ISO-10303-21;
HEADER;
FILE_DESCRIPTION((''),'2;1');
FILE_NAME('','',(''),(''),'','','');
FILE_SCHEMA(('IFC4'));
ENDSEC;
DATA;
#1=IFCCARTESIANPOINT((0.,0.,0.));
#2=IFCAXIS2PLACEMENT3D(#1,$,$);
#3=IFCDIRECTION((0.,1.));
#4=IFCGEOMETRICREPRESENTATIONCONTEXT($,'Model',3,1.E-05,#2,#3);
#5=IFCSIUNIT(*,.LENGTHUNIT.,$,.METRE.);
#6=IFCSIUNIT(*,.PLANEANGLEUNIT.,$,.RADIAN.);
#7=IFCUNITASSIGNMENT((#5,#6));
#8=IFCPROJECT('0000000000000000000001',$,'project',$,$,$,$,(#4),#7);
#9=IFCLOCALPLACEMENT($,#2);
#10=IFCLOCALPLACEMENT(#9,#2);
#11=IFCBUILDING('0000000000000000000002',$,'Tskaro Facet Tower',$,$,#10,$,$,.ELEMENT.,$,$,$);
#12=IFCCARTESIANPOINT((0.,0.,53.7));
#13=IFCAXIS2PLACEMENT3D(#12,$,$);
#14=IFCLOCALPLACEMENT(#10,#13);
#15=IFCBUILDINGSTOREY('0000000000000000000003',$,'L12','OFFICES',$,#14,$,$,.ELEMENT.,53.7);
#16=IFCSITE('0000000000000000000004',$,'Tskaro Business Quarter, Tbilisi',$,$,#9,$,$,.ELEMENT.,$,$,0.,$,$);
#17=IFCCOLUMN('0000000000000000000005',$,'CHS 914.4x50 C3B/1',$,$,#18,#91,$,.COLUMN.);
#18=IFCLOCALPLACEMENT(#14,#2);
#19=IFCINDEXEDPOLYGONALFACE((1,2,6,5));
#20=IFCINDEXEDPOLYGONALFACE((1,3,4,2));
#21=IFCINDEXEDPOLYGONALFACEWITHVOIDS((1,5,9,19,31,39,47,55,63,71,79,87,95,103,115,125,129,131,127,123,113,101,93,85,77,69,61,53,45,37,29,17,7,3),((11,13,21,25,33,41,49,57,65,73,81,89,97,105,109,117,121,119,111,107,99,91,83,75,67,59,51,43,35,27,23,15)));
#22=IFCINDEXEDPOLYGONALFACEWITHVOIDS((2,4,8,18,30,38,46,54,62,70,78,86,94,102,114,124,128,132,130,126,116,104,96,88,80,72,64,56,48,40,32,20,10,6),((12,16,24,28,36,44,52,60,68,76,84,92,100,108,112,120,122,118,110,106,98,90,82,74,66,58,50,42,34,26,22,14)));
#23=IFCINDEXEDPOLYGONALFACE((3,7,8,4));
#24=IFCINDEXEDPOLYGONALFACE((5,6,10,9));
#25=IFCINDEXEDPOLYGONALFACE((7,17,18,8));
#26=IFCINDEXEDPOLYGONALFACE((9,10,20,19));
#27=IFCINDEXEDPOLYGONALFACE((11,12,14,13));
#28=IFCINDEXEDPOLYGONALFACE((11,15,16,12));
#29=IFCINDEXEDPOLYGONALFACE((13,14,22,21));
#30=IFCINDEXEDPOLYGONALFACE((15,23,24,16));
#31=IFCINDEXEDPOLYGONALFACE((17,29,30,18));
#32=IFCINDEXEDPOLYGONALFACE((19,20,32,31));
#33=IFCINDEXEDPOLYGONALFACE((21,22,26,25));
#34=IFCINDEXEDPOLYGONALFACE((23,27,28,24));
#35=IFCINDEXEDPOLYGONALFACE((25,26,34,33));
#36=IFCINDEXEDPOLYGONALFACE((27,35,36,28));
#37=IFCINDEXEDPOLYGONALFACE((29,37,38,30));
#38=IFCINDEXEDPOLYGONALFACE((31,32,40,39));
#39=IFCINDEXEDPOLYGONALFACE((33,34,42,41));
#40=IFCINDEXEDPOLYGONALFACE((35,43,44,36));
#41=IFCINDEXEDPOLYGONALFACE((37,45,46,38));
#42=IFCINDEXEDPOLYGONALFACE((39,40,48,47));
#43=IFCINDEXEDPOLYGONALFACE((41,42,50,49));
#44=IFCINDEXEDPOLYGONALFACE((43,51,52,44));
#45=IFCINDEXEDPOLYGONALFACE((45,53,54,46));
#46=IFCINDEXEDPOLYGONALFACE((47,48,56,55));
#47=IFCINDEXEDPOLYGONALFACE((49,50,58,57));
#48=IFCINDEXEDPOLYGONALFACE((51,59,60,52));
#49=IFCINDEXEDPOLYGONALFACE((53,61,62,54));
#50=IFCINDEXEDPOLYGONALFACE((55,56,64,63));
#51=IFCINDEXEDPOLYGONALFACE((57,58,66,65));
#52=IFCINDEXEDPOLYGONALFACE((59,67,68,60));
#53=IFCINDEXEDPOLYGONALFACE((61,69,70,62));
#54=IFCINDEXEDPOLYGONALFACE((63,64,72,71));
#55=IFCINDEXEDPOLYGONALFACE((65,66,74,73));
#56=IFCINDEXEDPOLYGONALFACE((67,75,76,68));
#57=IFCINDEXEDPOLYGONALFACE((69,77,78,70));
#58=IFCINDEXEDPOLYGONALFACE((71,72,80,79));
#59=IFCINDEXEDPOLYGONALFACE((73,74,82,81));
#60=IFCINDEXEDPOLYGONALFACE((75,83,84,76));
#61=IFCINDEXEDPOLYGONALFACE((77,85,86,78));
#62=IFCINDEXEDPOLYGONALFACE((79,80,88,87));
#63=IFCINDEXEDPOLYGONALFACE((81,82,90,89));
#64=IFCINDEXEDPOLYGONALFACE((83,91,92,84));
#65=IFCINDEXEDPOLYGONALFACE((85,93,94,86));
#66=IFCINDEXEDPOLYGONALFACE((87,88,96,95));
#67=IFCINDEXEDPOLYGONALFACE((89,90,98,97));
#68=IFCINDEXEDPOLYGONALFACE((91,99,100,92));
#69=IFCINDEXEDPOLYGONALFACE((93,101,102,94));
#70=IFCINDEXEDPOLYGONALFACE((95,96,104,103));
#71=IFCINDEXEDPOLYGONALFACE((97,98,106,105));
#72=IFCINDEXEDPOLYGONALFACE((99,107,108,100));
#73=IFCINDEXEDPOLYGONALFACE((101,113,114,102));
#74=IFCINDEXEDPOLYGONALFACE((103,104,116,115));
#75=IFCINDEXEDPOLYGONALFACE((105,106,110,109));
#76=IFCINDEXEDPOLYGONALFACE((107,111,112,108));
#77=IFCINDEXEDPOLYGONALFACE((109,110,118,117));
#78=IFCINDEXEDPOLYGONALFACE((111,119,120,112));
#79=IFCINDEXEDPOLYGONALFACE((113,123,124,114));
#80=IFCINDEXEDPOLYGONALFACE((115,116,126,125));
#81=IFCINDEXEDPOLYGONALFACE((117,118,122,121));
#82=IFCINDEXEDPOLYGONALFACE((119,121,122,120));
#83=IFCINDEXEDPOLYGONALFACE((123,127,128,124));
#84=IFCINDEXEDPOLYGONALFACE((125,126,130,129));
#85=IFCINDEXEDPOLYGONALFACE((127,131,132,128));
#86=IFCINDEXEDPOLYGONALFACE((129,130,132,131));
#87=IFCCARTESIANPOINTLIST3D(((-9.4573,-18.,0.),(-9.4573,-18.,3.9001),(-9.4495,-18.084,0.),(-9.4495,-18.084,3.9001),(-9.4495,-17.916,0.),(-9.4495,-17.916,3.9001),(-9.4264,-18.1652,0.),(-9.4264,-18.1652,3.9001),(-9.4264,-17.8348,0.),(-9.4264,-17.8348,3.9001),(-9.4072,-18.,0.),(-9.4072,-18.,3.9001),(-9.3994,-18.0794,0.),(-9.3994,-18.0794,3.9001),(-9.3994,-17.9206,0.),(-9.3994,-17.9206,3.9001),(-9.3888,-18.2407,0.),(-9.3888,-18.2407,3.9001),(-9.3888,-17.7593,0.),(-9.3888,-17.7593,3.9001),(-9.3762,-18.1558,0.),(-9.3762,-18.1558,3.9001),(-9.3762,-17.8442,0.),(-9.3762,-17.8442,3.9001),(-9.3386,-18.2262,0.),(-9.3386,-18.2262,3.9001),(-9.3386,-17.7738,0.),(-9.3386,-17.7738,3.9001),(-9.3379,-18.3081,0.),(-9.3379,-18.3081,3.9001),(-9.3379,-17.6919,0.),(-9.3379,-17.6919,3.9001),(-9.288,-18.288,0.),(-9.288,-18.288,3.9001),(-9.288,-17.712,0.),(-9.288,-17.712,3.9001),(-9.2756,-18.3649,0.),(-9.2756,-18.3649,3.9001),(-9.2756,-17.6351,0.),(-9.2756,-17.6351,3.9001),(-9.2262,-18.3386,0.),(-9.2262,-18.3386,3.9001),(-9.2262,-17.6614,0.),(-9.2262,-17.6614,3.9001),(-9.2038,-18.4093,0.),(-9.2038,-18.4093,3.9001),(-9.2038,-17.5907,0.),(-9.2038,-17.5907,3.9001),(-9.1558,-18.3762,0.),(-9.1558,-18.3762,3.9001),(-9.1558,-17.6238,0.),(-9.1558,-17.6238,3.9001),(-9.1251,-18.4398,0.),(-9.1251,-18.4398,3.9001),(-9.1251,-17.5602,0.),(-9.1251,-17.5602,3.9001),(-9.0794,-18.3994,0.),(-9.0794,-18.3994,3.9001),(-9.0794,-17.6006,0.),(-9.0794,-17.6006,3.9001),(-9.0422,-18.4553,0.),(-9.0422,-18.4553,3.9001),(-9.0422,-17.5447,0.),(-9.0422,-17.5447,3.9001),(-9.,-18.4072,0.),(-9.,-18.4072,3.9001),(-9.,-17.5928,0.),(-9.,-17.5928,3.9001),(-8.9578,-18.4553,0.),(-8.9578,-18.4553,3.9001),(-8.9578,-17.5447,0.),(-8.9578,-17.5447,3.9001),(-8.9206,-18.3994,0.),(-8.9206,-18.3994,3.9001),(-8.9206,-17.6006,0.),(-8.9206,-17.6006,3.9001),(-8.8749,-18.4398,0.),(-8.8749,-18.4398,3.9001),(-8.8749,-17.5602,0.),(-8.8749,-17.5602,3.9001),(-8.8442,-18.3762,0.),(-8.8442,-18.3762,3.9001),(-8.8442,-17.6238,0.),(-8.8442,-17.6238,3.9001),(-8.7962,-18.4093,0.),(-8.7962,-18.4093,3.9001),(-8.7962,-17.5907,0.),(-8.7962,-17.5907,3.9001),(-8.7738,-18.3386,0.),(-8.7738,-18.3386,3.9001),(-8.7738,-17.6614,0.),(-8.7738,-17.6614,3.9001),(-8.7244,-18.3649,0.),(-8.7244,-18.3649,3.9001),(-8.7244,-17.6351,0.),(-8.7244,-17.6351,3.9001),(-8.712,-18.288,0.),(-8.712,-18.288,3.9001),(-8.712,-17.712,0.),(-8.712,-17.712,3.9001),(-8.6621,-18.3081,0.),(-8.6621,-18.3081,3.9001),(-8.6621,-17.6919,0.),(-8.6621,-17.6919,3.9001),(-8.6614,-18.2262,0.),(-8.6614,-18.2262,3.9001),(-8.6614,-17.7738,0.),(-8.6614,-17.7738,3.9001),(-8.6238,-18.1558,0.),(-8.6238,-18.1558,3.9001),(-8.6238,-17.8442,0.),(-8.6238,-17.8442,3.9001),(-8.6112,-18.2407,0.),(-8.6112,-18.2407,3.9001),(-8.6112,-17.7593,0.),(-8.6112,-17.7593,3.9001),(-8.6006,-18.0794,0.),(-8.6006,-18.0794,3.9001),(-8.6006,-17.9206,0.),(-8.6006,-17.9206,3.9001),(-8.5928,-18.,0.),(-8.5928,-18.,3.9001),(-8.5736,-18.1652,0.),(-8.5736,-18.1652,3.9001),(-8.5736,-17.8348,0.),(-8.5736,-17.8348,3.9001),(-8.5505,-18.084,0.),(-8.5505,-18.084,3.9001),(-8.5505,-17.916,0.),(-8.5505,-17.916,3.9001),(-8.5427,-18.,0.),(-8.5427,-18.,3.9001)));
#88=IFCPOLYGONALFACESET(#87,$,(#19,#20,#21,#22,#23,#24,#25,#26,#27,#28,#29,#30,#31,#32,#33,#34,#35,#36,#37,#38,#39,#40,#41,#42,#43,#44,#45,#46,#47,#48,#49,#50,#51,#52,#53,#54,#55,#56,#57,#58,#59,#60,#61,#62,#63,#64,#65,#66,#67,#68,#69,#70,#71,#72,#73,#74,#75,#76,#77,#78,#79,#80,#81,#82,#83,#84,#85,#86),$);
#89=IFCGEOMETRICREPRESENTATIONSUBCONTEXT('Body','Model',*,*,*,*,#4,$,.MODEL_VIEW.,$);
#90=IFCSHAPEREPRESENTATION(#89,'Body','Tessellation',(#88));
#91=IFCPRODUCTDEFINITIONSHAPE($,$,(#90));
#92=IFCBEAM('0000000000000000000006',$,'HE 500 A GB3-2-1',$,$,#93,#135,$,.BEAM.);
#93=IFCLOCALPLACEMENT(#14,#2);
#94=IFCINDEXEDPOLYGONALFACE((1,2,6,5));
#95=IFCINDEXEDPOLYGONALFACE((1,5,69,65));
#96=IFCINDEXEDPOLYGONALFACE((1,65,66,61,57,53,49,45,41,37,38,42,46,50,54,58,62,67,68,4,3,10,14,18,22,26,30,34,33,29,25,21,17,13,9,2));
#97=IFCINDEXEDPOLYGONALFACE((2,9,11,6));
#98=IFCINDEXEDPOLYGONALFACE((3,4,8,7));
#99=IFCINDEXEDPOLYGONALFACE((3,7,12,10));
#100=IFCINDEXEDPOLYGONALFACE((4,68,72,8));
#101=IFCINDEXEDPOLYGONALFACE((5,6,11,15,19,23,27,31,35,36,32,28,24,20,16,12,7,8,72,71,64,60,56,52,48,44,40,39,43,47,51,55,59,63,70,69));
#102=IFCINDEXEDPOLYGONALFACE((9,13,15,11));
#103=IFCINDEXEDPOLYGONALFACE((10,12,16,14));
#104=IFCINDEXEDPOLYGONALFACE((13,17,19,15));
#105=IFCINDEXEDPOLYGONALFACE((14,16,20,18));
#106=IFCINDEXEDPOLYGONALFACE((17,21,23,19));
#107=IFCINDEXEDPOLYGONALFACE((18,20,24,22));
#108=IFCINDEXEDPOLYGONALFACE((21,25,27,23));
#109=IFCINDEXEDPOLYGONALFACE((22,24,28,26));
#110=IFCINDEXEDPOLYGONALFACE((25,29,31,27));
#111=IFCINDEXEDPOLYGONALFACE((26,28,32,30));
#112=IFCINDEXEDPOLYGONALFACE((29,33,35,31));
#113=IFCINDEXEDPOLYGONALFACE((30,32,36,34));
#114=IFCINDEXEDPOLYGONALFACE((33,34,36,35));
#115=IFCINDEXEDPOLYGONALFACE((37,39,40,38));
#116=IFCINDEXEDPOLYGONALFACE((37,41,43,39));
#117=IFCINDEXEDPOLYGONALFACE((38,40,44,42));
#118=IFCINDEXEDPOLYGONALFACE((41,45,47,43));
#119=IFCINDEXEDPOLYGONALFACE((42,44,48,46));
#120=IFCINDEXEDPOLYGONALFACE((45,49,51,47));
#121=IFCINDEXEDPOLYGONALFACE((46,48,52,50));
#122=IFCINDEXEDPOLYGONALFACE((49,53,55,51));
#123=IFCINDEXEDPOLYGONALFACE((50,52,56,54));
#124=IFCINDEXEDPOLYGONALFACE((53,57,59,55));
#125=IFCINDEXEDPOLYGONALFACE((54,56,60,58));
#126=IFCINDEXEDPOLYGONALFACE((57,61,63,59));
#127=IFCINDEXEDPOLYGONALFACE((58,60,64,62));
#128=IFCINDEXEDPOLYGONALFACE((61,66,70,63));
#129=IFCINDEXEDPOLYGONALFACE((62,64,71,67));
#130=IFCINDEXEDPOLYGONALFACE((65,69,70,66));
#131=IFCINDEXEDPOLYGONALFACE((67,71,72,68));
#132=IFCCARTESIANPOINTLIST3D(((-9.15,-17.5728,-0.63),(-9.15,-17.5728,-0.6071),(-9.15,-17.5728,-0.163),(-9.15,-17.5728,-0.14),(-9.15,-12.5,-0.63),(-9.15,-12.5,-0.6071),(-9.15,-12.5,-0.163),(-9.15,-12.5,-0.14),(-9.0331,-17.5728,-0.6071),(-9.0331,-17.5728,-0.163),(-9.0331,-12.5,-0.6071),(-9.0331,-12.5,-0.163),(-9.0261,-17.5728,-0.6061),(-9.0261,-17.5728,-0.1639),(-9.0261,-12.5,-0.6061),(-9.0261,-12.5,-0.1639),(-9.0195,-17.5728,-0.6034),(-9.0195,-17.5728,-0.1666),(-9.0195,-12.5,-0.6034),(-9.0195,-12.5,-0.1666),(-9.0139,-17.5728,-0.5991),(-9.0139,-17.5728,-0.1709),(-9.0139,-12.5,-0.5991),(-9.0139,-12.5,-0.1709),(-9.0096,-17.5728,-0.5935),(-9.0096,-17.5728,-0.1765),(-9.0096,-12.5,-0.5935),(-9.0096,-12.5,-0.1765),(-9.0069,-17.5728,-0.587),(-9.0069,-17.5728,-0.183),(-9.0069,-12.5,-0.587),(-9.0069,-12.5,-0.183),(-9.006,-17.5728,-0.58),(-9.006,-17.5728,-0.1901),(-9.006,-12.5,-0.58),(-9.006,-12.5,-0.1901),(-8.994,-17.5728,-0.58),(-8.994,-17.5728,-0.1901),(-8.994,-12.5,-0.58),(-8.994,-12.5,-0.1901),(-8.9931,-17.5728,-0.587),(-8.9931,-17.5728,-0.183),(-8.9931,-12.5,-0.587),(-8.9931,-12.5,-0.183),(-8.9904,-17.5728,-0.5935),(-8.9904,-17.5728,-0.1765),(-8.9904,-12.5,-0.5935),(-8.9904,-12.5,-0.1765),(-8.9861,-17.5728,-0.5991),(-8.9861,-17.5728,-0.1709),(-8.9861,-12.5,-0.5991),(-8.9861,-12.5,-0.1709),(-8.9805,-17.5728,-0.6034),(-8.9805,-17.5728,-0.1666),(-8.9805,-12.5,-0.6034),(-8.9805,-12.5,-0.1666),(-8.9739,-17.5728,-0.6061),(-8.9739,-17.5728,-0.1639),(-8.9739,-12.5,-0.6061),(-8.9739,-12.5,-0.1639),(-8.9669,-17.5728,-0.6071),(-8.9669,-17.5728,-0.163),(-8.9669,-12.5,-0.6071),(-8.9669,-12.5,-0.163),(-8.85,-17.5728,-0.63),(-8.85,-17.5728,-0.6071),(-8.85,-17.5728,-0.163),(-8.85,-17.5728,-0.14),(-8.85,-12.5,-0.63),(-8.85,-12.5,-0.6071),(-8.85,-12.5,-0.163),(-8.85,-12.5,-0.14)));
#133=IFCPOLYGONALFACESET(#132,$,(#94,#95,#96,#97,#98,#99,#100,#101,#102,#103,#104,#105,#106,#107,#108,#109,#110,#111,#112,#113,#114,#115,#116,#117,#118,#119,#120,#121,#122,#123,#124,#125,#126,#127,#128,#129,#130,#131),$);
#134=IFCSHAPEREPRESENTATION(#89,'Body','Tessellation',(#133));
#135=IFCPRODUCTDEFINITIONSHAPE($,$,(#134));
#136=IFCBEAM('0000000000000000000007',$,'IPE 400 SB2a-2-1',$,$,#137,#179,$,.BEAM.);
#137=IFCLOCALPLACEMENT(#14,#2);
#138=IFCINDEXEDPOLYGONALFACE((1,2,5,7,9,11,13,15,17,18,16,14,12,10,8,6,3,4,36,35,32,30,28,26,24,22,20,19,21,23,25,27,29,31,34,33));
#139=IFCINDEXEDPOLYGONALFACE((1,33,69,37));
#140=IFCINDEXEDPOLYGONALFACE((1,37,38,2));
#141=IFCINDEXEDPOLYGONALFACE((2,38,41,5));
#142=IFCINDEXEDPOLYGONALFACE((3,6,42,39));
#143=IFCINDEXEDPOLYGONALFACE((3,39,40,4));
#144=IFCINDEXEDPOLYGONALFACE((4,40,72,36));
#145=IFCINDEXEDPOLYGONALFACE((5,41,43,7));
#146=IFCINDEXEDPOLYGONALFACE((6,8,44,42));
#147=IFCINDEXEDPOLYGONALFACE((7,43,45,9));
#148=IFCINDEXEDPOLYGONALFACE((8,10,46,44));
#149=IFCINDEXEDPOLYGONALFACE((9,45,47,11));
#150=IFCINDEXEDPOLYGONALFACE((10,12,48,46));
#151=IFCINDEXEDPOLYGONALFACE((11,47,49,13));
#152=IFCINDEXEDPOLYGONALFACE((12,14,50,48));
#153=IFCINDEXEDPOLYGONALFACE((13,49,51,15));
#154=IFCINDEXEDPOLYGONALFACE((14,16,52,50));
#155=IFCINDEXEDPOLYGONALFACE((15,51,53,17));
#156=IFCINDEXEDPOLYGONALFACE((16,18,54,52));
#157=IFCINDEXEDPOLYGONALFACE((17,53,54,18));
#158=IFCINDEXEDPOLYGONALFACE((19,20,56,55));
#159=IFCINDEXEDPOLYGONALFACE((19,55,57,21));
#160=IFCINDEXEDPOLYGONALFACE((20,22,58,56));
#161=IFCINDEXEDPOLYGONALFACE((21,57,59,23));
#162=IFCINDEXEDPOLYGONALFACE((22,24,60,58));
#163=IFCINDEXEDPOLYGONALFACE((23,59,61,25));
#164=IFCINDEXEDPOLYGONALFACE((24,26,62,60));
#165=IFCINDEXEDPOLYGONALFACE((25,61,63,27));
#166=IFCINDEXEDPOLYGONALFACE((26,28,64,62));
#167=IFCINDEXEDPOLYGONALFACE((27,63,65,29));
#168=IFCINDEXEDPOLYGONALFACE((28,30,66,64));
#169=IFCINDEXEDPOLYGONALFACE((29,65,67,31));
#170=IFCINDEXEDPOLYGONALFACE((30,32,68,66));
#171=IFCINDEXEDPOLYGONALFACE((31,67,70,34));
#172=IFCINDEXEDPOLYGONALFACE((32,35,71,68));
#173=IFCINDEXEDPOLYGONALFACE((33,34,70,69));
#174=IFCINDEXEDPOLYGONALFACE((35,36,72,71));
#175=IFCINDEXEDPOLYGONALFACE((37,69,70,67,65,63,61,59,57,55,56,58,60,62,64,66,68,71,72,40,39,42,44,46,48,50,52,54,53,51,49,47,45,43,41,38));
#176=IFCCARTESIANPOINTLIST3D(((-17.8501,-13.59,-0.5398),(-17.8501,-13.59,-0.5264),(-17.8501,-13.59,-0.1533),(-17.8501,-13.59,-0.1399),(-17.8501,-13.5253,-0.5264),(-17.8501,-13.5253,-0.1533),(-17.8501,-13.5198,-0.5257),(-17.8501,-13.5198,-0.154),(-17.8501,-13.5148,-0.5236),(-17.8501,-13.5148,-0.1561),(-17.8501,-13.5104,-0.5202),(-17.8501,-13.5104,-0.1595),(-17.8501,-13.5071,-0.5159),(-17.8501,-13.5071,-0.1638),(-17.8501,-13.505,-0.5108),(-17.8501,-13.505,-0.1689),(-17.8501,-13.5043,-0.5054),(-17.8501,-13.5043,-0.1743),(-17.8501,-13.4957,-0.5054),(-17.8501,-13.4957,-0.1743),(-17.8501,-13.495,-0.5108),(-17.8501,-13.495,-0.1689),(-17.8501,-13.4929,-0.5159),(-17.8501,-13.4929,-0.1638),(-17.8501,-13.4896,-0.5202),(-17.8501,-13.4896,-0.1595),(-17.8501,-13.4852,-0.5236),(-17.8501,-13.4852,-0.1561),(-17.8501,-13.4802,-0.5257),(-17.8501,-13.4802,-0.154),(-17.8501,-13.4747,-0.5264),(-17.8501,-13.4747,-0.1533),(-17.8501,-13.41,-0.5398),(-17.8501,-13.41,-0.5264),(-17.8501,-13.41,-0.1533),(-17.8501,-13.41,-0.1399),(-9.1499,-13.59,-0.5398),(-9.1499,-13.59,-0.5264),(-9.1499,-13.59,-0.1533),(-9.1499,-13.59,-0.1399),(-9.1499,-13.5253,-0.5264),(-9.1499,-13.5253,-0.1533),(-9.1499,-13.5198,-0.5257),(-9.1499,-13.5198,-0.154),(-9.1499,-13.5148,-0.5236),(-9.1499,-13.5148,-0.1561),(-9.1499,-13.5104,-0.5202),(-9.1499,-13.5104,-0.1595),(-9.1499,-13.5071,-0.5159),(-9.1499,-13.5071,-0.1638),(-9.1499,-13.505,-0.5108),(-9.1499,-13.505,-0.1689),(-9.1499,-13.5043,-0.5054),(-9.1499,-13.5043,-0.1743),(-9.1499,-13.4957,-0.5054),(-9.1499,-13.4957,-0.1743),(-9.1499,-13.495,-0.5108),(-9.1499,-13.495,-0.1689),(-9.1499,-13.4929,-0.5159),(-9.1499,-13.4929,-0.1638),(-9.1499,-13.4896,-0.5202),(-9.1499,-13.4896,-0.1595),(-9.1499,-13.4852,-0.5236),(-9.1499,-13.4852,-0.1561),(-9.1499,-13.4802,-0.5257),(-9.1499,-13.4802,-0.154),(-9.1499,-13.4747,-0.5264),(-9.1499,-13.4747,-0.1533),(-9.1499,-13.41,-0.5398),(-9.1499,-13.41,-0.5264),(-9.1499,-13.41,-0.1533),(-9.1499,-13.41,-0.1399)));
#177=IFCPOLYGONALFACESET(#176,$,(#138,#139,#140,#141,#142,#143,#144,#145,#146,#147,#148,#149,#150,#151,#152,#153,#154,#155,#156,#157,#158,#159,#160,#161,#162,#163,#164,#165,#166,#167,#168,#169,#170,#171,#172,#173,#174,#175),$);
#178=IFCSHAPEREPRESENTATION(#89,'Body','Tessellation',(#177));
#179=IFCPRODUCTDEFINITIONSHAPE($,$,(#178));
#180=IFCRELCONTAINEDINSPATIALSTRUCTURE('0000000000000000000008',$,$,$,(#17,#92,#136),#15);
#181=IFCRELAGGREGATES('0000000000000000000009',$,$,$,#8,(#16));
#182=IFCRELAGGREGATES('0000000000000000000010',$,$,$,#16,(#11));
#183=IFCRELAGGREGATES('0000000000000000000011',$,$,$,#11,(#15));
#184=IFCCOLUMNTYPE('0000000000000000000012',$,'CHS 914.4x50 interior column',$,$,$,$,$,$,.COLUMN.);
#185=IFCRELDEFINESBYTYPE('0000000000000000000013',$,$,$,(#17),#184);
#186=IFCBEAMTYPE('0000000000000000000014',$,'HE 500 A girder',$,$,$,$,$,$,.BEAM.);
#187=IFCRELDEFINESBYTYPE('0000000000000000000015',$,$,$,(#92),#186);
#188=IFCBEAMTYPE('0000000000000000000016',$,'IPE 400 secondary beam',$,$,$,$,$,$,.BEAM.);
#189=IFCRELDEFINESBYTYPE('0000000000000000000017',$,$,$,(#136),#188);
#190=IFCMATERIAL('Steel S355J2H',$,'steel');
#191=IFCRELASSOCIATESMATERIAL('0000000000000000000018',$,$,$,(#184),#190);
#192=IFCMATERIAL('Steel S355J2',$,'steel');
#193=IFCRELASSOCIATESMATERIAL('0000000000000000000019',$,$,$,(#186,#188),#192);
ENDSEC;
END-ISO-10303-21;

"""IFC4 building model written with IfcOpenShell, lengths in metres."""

from ifc_helpers import new_model, si_unit, direction, frame, origin, origin_2d, place, context, subcontext, project, spatial, hollow_circle, i_section, extrude, material, material_profile, profile_set, type_object, element, save


model = new_model("IFC4")

# Units and contexts
model_context = context("Model", 3, precision=1e-05, world=origin(), true_north=direction((0.0, 1.0)))
body_context = subcontext(model_context, "Body", "Model", "MODEL_VIEW")
ifc_project = project(units=[si_unit("LENGTHUNIT", "METRE"), si_unit("PLANEANGLEUNIT", "RADIAN")], contexts=[model_context])

# Site, building, storey
site_placement = place(None, origin())
site = spatial("IfcSite", under=ifc_project, at=site_placement, Name="Tskaro Business Quarter, Tbilisi", CompositionType="ELEMENT", RefElevation=0.0)
building_placement = place(site_placement, origin())
building = spatial("IfcBuilding", under=site, at=building_placement, Name="Tskaro Facet Tower", CompositionType="ELEMENT")
storey_placement = place(building_placement, frame((0.0, 0.0, 53.7)))
storey = spatial("IfcBuildingStorey", under=building, at=storey_placement, Name="L12", Description="OFFICES", CompositionType="ELEMENT", Elevation=53.7)

# Column
ifc_material_1 = material(Name="Steel S355J2H", Category="steel")
ifc_material_profile_1 = material_profile(ifc_material_1, hollow_circle(Radius=0.4573, WallThickness=0.05, at=origin_2d()), Name="CHS 914.4x50")
ifc_profile_set_1 = profile_set([ifc_material_profile_1], Name="Steel S355J2H")
column_type = type_object("IfcColumnType", Name="CHS 914.4x50 interior column", PredefinedType="COLUMN", material=ifc_profile_set_1)
column_placement = place(storey_placement, frame((-9.0, -18.0, 0.0), z_axis=(0.0, 0.0, 1.0), x_axis=(1.0, 0.0, 0.0)))
element("IfcColumn", 1, at=column_placement, inside=storey, type_object=column_type, Name="CHS 914.4x50 C3B/1", PredefinedType="COLUMN", context=body_context, shape_type="SweptSolid", body=[
    extrude(hollow_circle(Radius=0.4573, WallThickness=0.05, at=origin_2d()), origin(), (0.0, 0.0, 1.0), 3.9001),
])

# Beams
ifc_material_2 = material(Name="Steel S355J2", Category="steel")
ifc_material_profile_2 = material_profile(ifc_material_2, i_section(OverallWidth=0.3, OverallDepth=0.49, WebThickness=0.012, FlangeThickness=0.0229, FilletRadius=0.0271, at=origin_2d()), Name="HE 500 A")
ifc_profile_set_2 = profile_set([ifc_material_profile_2], Name="Steel S355J2")
beam_type_1 = type_object("IfcBeamType", Name="HE 500 A girder", PredefinedType="BEAM", material=ifc_profile_set_2)
beam_placement = place(storey_placement, frame((-9.0, -17.5728, -0.385), z_axis=(0.0, 1.0, 0.0), x_axis=(-1.0, 0.0, 0.0)))
element("IfcBeam", 2, at=beam_placement, inside=storey, type_object=beam_type_1, Name="HE 500 A GB3-2-1", PredefinedType="BEAM", context=body_context, shape_type="SweptSolid", body=[
    extrude(i_section(OverallWidth=0.3, OverallDepth=0.49, WebThickness=0.012, FlangeThickness=0.0229, FilletRadius=0.0271, at=origin_2d()), origin(), (0.0, 0.0, 1.0), 5.0728),
])
ifc_material_profile_3 = material_profile(ifc_material_2, i_section(OverallWidth=0.1799, OverallDepth=0.3999, WebThickness=0.0085, FlangeThickness=0.0134, FilletRadius=0.021, at=origin_2d()), Name="IPE 400")
ifc_profile_set_3 = profile_set([ifc_material_profile_3], Name="Steel S355J2")
beam_type_2 = type_object("IfcBeamType", Name="IPE 400 secondary beam", PredefinedType="BEAM", material=ifc_profile_set_3)
for number, where, z_axis, x_axis, name in (
    (3, (-17.8501, -13.5, -0.3398), (1.0, 0.0, 0.0), (0.0, 1.0, 0.0), "IPE 400 SB2a-2-1"),
):
    element("IfcBeam", number, at=place(storey_placement, frame(where, z_axis=z_axis, x_axis=x_axis)), inside=storey, type_object=beam_type_2, Name=name, PredefinedType="BEAM", context=body_context, shape_type="SweptSolid", body=[
        extrude(i_section(OverallWidth=0.1799, OverallDepth=0.3999, WebThickness=0.0085, FlangeThickness=0.0134, FilletRadius=0.021, at=origin_2d()), origin(), (0.0, 0.0, 1.0), 8.7002),
    ])

save(model, "model.ifc")
